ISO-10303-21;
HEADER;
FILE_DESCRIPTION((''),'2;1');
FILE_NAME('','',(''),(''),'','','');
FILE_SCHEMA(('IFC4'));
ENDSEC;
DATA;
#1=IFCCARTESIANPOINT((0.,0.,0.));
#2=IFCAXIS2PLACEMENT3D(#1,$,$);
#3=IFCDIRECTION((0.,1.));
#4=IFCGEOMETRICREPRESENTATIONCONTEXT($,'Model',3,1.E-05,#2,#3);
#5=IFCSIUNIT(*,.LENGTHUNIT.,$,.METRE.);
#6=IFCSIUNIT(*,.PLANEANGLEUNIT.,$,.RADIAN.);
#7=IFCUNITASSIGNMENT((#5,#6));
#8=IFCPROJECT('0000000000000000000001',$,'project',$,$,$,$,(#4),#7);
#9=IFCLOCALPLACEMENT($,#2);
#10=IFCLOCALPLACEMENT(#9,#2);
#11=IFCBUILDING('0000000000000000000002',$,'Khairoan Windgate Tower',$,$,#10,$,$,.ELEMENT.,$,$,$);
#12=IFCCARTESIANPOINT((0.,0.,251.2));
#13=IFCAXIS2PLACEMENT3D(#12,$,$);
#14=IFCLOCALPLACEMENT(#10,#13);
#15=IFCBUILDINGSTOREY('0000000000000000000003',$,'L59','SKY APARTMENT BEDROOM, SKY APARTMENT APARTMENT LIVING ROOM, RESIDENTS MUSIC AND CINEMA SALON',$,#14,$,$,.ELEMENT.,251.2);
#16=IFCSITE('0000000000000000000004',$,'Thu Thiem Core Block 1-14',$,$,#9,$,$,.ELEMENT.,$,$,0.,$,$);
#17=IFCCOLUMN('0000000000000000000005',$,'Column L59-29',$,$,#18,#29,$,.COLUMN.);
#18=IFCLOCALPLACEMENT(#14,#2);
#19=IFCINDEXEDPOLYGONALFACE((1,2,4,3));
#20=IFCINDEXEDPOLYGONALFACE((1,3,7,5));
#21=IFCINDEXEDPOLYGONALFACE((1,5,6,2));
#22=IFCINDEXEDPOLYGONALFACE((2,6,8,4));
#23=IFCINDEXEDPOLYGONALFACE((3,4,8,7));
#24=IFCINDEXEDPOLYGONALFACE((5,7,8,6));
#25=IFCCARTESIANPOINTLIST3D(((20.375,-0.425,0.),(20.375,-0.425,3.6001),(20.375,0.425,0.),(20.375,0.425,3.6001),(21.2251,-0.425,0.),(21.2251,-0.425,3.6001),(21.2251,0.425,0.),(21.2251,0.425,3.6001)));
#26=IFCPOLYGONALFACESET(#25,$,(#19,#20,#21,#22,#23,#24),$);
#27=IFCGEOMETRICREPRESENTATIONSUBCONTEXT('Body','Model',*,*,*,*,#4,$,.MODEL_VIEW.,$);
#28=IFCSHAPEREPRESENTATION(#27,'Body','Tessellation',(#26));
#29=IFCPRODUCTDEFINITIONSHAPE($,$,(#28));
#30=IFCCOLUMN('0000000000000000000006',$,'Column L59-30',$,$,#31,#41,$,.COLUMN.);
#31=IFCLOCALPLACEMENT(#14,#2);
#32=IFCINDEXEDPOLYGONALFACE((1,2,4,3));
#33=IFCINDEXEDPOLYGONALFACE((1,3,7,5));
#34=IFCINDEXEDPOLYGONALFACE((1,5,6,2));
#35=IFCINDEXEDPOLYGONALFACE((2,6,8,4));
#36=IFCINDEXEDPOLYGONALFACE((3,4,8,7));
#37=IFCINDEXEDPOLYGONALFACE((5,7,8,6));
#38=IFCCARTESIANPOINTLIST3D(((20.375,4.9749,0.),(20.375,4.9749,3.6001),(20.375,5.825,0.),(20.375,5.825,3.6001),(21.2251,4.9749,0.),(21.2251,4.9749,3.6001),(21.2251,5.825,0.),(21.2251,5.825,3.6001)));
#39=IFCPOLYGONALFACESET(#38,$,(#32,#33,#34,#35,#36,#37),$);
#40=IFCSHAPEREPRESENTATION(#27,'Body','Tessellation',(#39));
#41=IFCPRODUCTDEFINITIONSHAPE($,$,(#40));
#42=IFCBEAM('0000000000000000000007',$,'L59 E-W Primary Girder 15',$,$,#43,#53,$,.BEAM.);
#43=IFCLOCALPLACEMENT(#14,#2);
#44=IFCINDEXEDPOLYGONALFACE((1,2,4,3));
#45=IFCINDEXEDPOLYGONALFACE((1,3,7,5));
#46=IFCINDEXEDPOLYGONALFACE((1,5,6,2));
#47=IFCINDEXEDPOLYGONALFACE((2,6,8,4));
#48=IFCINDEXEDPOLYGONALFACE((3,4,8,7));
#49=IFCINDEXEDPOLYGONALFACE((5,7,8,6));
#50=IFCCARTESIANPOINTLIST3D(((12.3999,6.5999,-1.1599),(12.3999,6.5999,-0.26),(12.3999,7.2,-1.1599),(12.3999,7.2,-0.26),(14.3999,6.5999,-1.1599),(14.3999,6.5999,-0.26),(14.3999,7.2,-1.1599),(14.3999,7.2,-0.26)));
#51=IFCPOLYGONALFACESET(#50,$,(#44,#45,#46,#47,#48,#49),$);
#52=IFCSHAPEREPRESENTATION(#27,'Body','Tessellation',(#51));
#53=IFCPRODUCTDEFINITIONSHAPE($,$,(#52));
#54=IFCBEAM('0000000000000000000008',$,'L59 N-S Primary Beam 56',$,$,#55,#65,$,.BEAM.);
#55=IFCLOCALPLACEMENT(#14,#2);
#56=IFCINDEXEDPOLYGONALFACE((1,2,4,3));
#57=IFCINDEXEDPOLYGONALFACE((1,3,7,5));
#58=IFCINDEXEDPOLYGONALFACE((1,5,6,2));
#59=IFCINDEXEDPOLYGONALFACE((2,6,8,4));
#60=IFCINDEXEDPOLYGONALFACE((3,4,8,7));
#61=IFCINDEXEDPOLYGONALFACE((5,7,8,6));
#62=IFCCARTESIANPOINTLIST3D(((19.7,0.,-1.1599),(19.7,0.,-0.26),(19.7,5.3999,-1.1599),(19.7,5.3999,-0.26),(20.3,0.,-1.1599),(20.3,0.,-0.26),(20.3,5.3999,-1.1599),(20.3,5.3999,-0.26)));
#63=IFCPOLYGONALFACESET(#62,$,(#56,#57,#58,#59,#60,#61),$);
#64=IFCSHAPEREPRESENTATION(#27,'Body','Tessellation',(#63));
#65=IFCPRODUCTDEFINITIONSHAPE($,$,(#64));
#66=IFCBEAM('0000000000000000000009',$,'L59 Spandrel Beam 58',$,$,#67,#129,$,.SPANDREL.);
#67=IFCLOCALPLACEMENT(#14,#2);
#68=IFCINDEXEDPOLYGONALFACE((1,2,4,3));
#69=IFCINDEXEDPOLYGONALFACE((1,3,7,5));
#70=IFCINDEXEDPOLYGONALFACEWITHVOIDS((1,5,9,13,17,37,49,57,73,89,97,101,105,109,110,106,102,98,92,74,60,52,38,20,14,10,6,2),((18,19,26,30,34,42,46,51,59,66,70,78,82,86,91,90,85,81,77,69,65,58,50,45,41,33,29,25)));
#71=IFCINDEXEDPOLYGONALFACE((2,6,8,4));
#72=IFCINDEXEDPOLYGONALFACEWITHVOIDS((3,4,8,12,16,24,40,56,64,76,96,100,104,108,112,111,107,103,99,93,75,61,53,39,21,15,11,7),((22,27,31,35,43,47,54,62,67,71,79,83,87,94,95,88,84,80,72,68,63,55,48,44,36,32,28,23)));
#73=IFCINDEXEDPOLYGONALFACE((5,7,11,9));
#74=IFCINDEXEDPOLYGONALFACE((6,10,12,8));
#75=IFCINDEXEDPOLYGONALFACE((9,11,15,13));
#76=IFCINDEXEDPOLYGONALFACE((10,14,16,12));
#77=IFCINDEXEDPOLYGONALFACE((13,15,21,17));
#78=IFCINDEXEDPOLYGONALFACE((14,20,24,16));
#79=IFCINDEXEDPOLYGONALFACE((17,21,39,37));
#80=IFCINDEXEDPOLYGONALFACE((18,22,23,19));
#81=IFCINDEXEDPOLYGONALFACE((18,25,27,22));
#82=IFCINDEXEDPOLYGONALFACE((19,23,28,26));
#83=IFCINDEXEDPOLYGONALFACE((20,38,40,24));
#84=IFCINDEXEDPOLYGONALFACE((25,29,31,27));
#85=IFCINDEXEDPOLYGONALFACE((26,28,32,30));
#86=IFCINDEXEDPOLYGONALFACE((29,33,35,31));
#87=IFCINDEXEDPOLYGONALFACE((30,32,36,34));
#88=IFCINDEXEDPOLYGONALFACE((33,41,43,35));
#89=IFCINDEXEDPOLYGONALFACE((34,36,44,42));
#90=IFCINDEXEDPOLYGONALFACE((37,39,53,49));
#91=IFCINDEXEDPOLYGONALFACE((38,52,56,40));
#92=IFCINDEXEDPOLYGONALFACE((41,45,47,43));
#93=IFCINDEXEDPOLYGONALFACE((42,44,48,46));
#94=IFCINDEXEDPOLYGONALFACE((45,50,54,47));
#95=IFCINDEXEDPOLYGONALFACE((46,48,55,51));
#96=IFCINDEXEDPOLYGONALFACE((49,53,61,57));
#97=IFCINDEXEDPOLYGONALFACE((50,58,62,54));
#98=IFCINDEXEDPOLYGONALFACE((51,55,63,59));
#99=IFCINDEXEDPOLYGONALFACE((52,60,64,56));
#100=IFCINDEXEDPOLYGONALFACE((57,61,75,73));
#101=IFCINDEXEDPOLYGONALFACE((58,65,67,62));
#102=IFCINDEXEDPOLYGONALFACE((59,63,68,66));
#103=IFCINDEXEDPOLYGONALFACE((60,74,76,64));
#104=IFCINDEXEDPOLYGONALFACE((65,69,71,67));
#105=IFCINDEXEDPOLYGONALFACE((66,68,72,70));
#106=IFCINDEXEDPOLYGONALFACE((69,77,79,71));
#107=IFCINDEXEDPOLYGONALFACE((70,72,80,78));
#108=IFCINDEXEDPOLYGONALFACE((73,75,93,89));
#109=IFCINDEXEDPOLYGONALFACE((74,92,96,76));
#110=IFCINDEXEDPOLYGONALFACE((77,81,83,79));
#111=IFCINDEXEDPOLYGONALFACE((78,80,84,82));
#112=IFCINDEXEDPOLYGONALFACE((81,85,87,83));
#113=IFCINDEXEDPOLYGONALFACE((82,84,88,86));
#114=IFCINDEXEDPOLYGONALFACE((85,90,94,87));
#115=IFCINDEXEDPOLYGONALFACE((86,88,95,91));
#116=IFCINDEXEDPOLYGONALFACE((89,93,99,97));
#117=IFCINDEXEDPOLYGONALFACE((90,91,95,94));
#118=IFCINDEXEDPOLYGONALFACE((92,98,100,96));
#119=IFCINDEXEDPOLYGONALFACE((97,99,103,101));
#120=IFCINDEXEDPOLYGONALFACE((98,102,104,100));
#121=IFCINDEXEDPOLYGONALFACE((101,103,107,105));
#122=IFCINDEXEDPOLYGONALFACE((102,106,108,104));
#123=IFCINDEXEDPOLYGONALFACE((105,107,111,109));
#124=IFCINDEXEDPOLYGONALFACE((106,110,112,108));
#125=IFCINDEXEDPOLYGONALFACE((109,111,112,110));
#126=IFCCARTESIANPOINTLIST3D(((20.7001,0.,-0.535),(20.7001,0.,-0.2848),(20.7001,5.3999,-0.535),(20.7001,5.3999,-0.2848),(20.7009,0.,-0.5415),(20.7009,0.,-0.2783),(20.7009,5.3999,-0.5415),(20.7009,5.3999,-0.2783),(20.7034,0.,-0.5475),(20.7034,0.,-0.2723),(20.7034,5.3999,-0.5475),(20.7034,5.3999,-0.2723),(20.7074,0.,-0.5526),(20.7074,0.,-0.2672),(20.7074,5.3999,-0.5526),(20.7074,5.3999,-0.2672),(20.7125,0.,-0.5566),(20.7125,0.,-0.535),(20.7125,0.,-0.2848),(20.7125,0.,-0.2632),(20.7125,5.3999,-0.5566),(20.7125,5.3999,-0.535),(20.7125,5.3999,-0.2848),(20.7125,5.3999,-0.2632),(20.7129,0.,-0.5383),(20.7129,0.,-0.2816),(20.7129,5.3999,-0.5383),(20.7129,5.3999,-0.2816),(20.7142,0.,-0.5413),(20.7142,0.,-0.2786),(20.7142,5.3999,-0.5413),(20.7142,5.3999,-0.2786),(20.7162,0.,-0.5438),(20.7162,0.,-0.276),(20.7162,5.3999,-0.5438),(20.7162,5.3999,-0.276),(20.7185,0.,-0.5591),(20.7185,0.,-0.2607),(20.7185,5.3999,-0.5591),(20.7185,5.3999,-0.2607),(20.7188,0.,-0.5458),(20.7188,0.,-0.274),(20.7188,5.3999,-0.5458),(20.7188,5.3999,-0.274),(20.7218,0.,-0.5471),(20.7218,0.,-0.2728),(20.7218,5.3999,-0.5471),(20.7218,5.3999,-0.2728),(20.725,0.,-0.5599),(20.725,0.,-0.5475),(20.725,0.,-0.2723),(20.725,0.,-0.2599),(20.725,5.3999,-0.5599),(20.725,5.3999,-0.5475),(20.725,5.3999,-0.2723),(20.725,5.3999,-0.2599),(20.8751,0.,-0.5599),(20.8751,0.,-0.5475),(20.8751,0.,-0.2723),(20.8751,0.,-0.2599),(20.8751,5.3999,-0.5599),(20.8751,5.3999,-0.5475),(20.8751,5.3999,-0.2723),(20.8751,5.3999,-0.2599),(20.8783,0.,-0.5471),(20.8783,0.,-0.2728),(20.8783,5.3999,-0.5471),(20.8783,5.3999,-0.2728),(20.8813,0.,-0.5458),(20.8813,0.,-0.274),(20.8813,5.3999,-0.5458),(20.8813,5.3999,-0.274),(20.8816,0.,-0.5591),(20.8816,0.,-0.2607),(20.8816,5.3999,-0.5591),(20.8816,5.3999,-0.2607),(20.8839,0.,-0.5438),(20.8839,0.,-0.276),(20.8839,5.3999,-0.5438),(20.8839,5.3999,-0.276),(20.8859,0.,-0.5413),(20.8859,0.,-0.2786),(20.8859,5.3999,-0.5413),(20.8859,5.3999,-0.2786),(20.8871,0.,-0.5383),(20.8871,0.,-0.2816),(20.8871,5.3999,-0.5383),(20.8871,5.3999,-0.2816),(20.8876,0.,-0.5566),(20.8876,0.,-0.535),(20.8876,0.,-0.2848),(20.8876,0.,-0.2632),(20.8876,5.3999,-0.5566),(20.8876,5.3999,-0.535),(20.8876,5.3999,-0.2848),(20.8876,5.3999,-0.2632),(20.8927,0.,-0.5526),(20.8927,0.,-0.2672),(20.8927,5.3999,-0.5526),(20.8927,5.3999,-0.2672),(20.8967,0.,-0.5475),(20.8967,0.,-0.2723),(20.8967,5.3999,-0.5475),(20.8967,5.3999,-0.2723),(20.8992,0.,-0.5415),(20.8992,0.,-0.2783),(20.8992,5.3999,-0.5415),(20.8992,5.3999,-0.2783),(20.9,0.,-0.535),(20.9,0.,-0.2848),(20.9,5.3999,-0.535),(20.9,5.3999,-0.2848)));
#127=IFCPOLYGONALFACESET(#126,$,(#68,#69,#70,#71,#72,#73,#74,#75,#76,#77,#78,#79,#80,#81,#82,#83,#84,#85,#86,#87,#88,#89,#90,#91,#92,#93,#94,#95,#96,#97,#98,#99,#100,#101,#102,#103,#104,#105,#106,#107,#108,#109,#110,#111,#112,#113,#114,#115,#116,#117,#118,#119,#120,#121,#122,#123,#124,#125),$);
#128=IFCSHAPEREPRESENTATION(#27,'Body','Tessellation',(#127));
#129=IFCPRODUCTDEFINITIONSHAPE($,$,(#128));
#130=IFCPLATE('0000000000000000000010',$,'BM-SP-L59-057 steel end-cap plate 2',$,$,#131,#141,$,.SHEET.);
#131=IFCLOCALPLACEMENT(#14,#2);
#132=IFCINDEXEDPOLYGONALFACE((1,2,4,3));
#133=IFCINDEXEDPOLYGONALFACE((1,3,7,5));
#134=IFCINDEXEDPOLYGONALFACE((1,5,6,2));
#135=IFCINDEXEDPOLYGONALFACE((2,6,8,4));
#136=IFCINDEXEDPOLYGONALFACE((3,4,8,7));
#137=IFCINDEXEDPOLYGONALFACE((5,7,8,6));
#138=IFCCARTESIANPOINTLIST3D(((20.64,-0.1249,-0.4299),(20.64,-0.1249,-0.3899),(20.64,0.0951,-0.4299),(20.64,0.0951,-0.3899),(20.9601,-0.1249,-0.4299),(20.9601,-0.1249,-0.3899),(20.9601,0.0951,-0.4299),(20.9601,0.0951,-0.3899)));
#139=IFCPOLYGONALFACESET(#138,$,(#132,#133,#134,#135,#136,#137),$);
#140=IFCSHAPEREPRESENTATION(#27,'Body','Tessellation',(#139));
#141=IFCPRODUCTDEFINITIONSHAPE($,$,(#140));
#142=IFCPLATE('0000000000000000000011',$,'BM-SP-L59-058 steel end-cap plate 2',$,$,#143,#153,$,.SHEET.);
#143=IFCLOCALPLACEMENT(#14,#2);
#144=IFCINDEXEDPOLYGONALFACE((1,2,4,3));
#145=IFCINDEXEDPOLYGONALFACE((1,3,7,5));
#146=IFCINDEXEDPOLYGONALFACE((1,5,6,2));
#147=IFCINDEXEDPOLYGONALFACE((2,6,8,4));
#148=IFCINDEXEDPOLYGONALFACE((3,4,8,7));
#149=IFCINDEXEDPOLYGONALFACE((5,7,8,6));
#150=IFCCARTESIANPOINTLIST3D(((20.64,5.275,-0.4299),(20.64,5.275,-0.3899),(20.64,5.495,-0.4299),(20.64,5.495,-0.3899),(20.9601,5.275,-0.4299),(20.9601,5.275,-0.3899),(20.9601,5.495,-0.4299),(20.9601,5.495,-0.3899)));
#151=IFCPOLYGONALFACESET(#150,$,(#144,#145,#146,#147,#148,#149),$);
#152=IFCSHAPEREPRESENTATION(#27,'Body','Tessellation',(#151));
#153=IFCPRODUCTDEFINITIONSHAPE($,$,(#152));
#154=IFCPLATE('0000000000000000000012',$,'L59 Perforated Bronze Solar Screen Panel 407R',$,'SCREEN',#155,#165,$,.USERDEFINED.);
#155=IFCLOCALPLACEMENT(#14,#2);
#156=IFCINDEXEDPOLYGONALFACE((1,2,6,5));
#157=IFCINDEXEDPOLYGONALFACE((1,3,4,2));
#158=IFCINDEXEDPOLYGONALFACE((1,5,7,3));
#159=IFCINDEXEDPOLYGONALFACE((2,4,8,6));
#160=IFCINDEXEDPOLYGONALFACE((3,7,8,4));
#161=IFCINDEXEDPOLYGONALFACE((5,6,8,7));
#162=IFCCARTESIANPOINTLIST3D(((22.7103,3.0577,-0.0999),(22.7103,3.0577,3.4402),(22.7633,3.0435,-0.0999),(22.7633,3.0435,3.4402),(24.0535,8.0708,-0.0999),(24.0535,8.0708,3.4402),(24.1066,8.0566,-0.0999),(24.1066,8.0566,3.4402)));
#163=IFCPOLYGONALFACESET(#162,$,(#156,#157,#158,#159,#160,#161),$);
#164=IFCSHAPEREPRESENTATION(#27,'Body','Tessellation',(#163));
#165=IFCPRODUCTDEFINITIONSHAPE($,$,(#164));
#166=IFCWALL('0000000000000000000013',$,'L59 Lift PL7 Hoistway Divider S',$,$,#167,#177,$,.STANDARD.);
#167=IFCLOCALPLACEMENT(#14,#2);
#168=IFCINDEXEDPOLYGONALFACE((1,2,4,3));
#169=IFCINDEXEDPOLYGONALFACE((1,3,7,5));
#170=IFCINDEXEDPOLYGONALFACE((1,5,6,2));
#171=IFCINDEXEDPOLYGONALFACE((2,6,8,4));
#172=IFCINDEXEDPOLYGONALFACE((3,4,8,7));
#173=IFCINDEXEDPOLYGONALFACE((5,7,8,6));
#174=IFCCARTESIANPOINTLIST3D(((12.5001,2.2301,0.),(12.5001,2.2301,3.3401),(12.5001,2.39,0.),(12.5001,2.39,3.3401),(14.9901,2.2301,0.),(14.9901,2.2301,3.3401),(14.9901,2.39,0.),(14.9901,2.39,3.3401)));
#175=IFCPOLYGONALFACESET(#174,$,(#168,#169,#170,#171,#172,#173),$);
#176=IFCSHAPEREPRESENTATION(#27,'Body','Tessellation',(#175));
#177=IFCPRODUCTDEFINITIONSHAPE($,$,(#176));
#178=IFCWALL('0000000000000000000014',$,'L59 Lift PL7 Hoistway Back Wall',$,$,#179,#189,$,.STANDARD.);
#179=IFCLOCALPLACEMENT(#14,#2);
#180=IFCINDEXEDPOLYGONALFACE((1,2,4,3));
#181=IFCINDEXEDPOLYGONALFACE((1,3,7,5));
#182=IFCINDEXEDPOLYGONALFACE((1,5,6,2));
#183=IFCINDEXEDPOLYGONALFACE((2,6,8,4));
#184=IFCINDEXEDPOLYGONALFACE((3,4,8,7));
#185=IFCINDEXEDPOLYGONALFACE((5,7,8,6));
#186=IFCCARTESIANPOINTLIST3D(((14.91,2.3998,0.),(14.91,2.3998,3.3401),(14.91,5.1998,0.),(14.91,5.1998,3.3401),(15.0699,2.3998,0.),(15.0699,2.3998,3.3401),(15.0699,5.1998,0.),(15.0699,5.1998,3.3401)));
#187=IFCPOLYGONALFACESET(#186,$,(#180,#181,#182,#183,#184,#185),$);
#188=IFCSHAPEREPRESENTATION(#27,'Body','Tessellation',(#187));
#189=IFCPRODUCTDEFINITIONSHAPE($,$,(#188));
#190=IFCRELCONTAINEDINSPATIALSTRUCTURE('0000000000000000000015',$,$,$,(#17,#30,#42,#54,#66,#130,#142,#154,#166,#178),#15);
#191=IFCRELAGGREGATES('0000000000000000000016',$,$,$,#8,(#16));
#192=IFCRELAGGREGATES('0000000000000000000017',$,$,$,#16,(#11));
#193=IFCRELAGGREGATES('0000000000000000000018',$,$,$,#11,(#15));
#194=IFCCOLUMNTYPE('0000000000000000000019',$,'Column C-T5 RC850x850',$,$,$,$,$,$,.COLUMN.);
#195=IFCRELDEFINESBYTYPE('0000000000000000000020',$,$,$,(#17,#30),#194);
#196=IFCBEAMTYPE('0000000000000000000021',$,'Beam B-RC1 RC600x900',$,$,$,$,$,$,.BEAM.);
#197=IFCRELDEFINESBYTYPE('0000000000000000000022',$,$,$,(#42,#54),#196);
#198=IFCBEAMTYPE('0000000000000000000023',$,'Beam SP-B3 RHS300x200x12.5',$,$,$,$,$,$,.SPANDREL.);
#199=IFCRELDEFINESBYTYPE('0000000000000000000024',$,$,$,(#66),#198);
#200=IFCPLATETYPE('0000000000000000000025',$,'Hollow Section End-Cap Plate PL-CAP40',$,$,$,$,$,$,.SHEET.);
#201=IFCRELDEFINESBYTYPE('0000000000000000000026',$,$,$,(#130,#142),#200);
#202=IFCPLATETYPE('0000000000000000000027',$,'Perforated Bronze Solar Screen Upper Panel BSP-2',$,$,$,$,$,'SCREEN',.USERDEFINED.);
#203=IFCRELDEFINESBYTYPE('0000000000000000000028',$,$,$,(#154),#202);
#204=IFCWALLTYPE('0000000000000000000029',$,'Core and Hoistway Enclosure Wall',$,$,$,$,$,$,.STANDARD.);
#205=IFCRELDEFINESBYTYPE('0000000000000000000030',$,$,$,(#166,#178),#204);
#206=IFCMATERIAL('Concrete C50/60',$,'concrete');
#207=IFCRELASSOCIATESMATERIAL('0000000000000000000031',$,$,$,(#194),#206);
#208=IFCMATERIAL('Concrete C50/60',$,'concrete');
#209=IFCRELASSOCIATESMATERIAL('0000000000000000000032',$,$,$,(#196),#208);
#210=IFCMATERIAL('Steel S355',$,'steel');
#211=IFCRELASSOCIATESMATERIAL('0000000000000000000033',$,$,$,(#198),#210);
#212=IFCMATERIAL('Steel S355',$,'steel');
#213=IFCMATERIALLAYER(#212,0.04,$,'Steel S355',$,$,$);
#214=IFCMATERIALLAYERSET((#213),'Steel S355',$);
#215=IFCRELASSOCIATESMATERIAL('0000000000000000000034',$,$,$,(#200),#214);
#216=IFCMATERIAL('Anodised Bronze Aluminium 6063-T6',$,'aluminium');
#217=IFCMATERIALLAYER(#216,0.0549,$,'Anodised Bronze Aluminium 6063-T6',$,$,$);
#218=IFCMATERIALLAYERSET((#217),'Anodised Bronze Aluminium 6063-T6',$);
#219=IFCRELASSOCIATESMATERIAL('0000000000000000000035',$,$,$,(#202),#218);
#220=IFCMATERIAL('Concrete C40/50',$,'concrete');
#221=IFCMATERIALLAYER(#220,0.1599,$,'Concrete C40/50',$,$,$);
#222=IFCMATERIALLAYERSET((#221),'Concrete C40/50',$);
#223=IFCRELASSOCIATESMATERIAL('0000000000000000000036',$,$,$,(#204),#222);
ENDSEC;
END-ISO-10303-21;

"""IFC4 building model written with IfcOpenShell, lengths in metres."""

from ifc_helpers import new_model, si_unit, direction, frame, frame_2d, origin, origin_2d, place, context, subcontext, project, spatial, rectangle, hollow_rectangle, extrude, material, layer, layer_set, material_profile, profile_set, type_object, element, save


model = new_model("IFC4")

# Units and contexts
model_context = context("Model", 3, precision=1e-05, world=origin(), true_north=direction((0.0, 1.0)))
body_context = subcontext(model_context, "Body", "Model", "MODEL_VIEW")
ifc_project = project(units=[si_unit("LENGTHUNIT", "METRE"), si_unit("PLANEANGLEUNIT", "RADIAN")], contexts=[model_context])

# Site, building, storey
site_placement = place(None, origin())
site = spatial("IfcSite", under=ifc_project, at=site_placement, Name="Thu Thiem Core Block 1-14", CompositionType="ELEMENT", RefElevation=0.0)
building_placement = place(site_placement, origin())
building = spatial("IfcBuilding", under=site, at=building_placement, Name="Khairoan Windgate Tower", CompositionType="ELEMENT")
storey_placement = place(building_placement, frame((0.0, 0.0, 251.2)))
storey = spatial("IfcBuildingStorey", under=building, at=storey_placement, Name="L59", Description="SKY APARTMENT BEDROOM, SKY APARTMENT APARTMENT LIVING ROOM, RESIDENTS MUSIC AND CINEMA SALON", CompositionType="ELEMENT", Elevation=251.2)

# Columns
ifc_material_1 = material(Name="Concrete C50/60", Category="concrete")
ifc_material_profile_1 = material_profile(ifc_material_1, rectangle(XDim=0.8501, YDim=0.8501, at=origin_2d()))
ifc_profile_set_1 = profile_set([ifc_material_profile_1], Name="Concrete C50/60")
column_type = type_object("IfcColumnType", Name="Column C-T5 RC850x850", PredefinedType="COLUMN", material=ifc_profile_set_1)
for number, where, z_axis, x_axis, name in (
    (1, (20.8, 0.0, 0.0), (0.0, 0.0, 1.0), (1.0, 0.0, 0.0), "Column L59-29"),
    (2, (20.8, 5.3999, 0.0), (0.0, 0.0, 1.0), (1.0, 0.0, 0.0), "Column L59-30"),
):
    element("IfcColumn", number, at=place(storey_placement, frame(where, z_axis=z_axis, x_axis=x_axis)), inside=storey, type_object=column_type, Name=name, PredefinedType="COLUMN", context=body_context, shape_type="SweptSolid", body=[
        extrude(rectangle(XDim=0.8501, YDim=0.8501, at=origin_2d()), origin(), (0.0, 0.0, 1.0), 3.6001),
    ])

# Beams
ifc_material_2 = material(Name="Concrete C50/60", Category="concrete")
ifc_material_profile_2 = material_profile(ifc_material_2, rectangle(XDim=0.6001, YDim=0.8999, at=origin_2d()))
ifc_profile_set_2 = profile_set([ifc_material_profile_2], Name="Concrete C50/60")
beam_type_1 = type_object("IfcBeamType", Name="Beam B-RC1 RC600x900", PredefinedType="BEAM", material=ifc_profile_set_2)
beam_1_placement = place(storey_placement, frame((12.3999, 6.8999, -0.71), z_axis=(1.0, 0.0, 0.0), x_axis=(0.0, 1.0, 0.0)))
element("IfcBeam", 3, at=beam_1_placement, inside=storey, type_object=beam_type_1, Name="L59 E-W Primary Girder 15", PredefinedType="BEAM", context=body_context, shape_type="SweptSolid", body=[
    extrude(rectangle(XDim=0.6001, YDim=0.8999, at=origin_2d()), origin(), (0.0, 0.0, 1.0), 2.0),
])
beam_2_placement = place(storey_placement, frame((20.0, 0.0, -0.71), z_axis=(0.0, 1.0, 0.0), x_axis=(-1.0, 0.0, 0.0)))
element("IfcBeam", 4, at=beam_2_placement, inside=storey, type_object=beam_type_1, Name="L59 N-S Primary Beam 56", PredefinedType="BEAM", context=body_context, shape_type="SweptSolid", body=[
    extrude(rectangle(XDim=0.6001, YDim=0.8999, at=origin_2d()), origin(), (0.0, 0.0, 1.0), 5.3999),
])
ifc_material_3 = material(Name="Steel S355", Category="steel")
ifc_material_profile_3 = material_profile(ifc_material_3, hollow_rectangle(XDim=0.2, YDim=0.3, WallThickness=0.0125, InnerFilletRadius=0.0125, OuterFilletRadius=0.0249, at=origin_2d()))
ifc_profile_set_3 = profile_set([ifc_material_profile_3], Name="Steel S355")
beam_type_2 = type_object("IfcBeamType", Name="Beam SP-B3 RHS300x200x12.5", PredefinedType="SPANDREL", material=ifc_profile_set_3)
beam_3_placement = place(storey_placement, frame((20.8, 0.0, -0.4099), z_axis=(0.0, 1.0, 0.0), x_axis=(-1.0, 0.0, 0.0)))
element("IfcBeam", 5, at=beam_3_placement, inside=storey, type_object=beam_type_2, Name="L59 Spandrel Beam 58", PredefinedType="SPANDREL", context=body_context, shape_type="SweptSolid", body=[
    extrude(hollow_rectangle(XDim=0.2, YDim=0.3, WallThickness=0.0125, InnerFilletRadius=0.0125, OuterFilletRadius=0.0249, at=origin_2d()), origin(), (0.0, 0.0, 1.0), 5.3999),
])

# Plates
ifc_material_4 = material(Name="Steel S355", Category="steel")
ifc_layer_1 = layer(ifc_material_4, 0.04, Name="Steel S355")
ifc_layer_set_1 = layer_set([ifc_layer_1], Name="Steel S355")
plate_type_1 = type_object("IfcPlateType", Name="Hollow Section End-Cap Plate PL-CAP40", PredefinedType="SHEET", material=ifc_layer_set_1)
for number, where, z_axis, x_axis, name in (
    (6, (20.8, -0.0149, -0.4299), (0.0, 0.0, 1.0), (0.0, 1.0, 0.0), "BM-SP-L59-057 steel end-cap plate 2"),
    (7, (20.8, 5.385, -0.4299), (0.0, 0.0, 1.0), (0.0, 1.0, 0.0), "BM-SP-L59-058 steel end-cap plate 2"),
):
    element("IfcPlate", number, at=place(storey_placement, frame(where, z_axis=z_axis, x_axis=x_axis)), inside=storey, type_object=plate_type_1, Name=name, PredefinedType="SHEET", context=body_context, shape_type="SweptSolid", body=[
        extrude(rectangle(XDim=0.22, YDim=0.3201, at=origin_2d()), origin(), (0.0, 0.0, 1.0), 0.04),
    ])
ifc_material_5 = material(Name="Anodised Bronze Aluminium 6063-T6", Category="aluminium")
ifc_layer_2 = layer(ifc_material_5, 0.0549, Name="Anodised Bronze Aluminium 6063-T6")
ifc_layer_set_2 = layer_set([ifc_layer_2], Name="Anodised Bronze Aluminium 6063-T6")
plate_type_2 = type_object("IfcPlateType", Name="Perforated Bronze Solar Screen Upper Panel BSP-2", ElementType="SCREEN", PredefinedType="USERDEFINED", material=ifc_layer_set_2)
plate_placement = place(storey_placement, frame((23.4084, 5.5571, -0.0999), z_axis=(0.0, 0.0, 1.0), x_axis=(-0.258819, -0.965926, 0.0)))
element("IfcPlate", 8, at=plate_placement, inside=storey, type_object=plate_type_2, Name="L59 Perforated Bronze Solar Screen Panel 407R", ObjectType="SCREEN", PredefinedType="USERDEFINED", context=body_context, shape_type="SweptSolid", body=[
    extrude(rectangle(XDim=5.1899, YDim=0.0549, at=origin_2d()), origin(), (0.0, 0.0, 1.0), 3.54),
])

# Walls
ifc_material_6 = material(Name="Concrete C40/50", Category="concrete")
ifc_layer_3 = layer(ifc_material_6, 0.1599, Name="Concrete C40/50")
ifc_layer_set_3 = layer_set([ifc_layer_3], Name="Concrete C40/50")
wall_type_1 = type_object("IfcWallType", Name="Core and Hoistway Enclosure Wall", PredefinedType="STANDARD", material=ifc_layer_set_3)
wall_1_placement = place(storey_placement, frame((12.5, 2.3101, 0.0), z_axis=(0.0, 0.0, 1.0), x_axis=(1.0, 0.0, 0.0)))
element("IfcWall", 9, at=wall_1_placement, inside=storey, type_object=wall_type_1, Name="L59 Lift PL7 Hoistway Divider S", PredefinedType="STANDARD", context=body_context, shape_type="SweptSolid", body=[
    extrude(rectangle(XDim=2.49, YDim=0.1599, at=frame_2d((1.2451, 0.0))), origin(), (0.0, 0.0, 1.0), 3.3401),
])
wall_2_placement = place(storey_placement, frame((14.99, 2.3999, 0.0), z_axis=(0.0, 0.0, 1.0), x_axis=(0.0, 1.0, 0.0)))
element("IfcWall", 10, at=wall_2_placement, inside=storey, type_object=wall_type_1, Name="L59 Lift PL7 Hoistway Back Wall", PredefinedType="STANDARD", context=body_context, shape_type="SweptSolid", body=[
    extrude(rectangle(XDim=2.8, YDim=0.1599, at=frame_2d((1.3999, 0.0))), origin(), (0.0, 0.0, 1.0), 3.3401),
])

save(model, "model.ifc")
